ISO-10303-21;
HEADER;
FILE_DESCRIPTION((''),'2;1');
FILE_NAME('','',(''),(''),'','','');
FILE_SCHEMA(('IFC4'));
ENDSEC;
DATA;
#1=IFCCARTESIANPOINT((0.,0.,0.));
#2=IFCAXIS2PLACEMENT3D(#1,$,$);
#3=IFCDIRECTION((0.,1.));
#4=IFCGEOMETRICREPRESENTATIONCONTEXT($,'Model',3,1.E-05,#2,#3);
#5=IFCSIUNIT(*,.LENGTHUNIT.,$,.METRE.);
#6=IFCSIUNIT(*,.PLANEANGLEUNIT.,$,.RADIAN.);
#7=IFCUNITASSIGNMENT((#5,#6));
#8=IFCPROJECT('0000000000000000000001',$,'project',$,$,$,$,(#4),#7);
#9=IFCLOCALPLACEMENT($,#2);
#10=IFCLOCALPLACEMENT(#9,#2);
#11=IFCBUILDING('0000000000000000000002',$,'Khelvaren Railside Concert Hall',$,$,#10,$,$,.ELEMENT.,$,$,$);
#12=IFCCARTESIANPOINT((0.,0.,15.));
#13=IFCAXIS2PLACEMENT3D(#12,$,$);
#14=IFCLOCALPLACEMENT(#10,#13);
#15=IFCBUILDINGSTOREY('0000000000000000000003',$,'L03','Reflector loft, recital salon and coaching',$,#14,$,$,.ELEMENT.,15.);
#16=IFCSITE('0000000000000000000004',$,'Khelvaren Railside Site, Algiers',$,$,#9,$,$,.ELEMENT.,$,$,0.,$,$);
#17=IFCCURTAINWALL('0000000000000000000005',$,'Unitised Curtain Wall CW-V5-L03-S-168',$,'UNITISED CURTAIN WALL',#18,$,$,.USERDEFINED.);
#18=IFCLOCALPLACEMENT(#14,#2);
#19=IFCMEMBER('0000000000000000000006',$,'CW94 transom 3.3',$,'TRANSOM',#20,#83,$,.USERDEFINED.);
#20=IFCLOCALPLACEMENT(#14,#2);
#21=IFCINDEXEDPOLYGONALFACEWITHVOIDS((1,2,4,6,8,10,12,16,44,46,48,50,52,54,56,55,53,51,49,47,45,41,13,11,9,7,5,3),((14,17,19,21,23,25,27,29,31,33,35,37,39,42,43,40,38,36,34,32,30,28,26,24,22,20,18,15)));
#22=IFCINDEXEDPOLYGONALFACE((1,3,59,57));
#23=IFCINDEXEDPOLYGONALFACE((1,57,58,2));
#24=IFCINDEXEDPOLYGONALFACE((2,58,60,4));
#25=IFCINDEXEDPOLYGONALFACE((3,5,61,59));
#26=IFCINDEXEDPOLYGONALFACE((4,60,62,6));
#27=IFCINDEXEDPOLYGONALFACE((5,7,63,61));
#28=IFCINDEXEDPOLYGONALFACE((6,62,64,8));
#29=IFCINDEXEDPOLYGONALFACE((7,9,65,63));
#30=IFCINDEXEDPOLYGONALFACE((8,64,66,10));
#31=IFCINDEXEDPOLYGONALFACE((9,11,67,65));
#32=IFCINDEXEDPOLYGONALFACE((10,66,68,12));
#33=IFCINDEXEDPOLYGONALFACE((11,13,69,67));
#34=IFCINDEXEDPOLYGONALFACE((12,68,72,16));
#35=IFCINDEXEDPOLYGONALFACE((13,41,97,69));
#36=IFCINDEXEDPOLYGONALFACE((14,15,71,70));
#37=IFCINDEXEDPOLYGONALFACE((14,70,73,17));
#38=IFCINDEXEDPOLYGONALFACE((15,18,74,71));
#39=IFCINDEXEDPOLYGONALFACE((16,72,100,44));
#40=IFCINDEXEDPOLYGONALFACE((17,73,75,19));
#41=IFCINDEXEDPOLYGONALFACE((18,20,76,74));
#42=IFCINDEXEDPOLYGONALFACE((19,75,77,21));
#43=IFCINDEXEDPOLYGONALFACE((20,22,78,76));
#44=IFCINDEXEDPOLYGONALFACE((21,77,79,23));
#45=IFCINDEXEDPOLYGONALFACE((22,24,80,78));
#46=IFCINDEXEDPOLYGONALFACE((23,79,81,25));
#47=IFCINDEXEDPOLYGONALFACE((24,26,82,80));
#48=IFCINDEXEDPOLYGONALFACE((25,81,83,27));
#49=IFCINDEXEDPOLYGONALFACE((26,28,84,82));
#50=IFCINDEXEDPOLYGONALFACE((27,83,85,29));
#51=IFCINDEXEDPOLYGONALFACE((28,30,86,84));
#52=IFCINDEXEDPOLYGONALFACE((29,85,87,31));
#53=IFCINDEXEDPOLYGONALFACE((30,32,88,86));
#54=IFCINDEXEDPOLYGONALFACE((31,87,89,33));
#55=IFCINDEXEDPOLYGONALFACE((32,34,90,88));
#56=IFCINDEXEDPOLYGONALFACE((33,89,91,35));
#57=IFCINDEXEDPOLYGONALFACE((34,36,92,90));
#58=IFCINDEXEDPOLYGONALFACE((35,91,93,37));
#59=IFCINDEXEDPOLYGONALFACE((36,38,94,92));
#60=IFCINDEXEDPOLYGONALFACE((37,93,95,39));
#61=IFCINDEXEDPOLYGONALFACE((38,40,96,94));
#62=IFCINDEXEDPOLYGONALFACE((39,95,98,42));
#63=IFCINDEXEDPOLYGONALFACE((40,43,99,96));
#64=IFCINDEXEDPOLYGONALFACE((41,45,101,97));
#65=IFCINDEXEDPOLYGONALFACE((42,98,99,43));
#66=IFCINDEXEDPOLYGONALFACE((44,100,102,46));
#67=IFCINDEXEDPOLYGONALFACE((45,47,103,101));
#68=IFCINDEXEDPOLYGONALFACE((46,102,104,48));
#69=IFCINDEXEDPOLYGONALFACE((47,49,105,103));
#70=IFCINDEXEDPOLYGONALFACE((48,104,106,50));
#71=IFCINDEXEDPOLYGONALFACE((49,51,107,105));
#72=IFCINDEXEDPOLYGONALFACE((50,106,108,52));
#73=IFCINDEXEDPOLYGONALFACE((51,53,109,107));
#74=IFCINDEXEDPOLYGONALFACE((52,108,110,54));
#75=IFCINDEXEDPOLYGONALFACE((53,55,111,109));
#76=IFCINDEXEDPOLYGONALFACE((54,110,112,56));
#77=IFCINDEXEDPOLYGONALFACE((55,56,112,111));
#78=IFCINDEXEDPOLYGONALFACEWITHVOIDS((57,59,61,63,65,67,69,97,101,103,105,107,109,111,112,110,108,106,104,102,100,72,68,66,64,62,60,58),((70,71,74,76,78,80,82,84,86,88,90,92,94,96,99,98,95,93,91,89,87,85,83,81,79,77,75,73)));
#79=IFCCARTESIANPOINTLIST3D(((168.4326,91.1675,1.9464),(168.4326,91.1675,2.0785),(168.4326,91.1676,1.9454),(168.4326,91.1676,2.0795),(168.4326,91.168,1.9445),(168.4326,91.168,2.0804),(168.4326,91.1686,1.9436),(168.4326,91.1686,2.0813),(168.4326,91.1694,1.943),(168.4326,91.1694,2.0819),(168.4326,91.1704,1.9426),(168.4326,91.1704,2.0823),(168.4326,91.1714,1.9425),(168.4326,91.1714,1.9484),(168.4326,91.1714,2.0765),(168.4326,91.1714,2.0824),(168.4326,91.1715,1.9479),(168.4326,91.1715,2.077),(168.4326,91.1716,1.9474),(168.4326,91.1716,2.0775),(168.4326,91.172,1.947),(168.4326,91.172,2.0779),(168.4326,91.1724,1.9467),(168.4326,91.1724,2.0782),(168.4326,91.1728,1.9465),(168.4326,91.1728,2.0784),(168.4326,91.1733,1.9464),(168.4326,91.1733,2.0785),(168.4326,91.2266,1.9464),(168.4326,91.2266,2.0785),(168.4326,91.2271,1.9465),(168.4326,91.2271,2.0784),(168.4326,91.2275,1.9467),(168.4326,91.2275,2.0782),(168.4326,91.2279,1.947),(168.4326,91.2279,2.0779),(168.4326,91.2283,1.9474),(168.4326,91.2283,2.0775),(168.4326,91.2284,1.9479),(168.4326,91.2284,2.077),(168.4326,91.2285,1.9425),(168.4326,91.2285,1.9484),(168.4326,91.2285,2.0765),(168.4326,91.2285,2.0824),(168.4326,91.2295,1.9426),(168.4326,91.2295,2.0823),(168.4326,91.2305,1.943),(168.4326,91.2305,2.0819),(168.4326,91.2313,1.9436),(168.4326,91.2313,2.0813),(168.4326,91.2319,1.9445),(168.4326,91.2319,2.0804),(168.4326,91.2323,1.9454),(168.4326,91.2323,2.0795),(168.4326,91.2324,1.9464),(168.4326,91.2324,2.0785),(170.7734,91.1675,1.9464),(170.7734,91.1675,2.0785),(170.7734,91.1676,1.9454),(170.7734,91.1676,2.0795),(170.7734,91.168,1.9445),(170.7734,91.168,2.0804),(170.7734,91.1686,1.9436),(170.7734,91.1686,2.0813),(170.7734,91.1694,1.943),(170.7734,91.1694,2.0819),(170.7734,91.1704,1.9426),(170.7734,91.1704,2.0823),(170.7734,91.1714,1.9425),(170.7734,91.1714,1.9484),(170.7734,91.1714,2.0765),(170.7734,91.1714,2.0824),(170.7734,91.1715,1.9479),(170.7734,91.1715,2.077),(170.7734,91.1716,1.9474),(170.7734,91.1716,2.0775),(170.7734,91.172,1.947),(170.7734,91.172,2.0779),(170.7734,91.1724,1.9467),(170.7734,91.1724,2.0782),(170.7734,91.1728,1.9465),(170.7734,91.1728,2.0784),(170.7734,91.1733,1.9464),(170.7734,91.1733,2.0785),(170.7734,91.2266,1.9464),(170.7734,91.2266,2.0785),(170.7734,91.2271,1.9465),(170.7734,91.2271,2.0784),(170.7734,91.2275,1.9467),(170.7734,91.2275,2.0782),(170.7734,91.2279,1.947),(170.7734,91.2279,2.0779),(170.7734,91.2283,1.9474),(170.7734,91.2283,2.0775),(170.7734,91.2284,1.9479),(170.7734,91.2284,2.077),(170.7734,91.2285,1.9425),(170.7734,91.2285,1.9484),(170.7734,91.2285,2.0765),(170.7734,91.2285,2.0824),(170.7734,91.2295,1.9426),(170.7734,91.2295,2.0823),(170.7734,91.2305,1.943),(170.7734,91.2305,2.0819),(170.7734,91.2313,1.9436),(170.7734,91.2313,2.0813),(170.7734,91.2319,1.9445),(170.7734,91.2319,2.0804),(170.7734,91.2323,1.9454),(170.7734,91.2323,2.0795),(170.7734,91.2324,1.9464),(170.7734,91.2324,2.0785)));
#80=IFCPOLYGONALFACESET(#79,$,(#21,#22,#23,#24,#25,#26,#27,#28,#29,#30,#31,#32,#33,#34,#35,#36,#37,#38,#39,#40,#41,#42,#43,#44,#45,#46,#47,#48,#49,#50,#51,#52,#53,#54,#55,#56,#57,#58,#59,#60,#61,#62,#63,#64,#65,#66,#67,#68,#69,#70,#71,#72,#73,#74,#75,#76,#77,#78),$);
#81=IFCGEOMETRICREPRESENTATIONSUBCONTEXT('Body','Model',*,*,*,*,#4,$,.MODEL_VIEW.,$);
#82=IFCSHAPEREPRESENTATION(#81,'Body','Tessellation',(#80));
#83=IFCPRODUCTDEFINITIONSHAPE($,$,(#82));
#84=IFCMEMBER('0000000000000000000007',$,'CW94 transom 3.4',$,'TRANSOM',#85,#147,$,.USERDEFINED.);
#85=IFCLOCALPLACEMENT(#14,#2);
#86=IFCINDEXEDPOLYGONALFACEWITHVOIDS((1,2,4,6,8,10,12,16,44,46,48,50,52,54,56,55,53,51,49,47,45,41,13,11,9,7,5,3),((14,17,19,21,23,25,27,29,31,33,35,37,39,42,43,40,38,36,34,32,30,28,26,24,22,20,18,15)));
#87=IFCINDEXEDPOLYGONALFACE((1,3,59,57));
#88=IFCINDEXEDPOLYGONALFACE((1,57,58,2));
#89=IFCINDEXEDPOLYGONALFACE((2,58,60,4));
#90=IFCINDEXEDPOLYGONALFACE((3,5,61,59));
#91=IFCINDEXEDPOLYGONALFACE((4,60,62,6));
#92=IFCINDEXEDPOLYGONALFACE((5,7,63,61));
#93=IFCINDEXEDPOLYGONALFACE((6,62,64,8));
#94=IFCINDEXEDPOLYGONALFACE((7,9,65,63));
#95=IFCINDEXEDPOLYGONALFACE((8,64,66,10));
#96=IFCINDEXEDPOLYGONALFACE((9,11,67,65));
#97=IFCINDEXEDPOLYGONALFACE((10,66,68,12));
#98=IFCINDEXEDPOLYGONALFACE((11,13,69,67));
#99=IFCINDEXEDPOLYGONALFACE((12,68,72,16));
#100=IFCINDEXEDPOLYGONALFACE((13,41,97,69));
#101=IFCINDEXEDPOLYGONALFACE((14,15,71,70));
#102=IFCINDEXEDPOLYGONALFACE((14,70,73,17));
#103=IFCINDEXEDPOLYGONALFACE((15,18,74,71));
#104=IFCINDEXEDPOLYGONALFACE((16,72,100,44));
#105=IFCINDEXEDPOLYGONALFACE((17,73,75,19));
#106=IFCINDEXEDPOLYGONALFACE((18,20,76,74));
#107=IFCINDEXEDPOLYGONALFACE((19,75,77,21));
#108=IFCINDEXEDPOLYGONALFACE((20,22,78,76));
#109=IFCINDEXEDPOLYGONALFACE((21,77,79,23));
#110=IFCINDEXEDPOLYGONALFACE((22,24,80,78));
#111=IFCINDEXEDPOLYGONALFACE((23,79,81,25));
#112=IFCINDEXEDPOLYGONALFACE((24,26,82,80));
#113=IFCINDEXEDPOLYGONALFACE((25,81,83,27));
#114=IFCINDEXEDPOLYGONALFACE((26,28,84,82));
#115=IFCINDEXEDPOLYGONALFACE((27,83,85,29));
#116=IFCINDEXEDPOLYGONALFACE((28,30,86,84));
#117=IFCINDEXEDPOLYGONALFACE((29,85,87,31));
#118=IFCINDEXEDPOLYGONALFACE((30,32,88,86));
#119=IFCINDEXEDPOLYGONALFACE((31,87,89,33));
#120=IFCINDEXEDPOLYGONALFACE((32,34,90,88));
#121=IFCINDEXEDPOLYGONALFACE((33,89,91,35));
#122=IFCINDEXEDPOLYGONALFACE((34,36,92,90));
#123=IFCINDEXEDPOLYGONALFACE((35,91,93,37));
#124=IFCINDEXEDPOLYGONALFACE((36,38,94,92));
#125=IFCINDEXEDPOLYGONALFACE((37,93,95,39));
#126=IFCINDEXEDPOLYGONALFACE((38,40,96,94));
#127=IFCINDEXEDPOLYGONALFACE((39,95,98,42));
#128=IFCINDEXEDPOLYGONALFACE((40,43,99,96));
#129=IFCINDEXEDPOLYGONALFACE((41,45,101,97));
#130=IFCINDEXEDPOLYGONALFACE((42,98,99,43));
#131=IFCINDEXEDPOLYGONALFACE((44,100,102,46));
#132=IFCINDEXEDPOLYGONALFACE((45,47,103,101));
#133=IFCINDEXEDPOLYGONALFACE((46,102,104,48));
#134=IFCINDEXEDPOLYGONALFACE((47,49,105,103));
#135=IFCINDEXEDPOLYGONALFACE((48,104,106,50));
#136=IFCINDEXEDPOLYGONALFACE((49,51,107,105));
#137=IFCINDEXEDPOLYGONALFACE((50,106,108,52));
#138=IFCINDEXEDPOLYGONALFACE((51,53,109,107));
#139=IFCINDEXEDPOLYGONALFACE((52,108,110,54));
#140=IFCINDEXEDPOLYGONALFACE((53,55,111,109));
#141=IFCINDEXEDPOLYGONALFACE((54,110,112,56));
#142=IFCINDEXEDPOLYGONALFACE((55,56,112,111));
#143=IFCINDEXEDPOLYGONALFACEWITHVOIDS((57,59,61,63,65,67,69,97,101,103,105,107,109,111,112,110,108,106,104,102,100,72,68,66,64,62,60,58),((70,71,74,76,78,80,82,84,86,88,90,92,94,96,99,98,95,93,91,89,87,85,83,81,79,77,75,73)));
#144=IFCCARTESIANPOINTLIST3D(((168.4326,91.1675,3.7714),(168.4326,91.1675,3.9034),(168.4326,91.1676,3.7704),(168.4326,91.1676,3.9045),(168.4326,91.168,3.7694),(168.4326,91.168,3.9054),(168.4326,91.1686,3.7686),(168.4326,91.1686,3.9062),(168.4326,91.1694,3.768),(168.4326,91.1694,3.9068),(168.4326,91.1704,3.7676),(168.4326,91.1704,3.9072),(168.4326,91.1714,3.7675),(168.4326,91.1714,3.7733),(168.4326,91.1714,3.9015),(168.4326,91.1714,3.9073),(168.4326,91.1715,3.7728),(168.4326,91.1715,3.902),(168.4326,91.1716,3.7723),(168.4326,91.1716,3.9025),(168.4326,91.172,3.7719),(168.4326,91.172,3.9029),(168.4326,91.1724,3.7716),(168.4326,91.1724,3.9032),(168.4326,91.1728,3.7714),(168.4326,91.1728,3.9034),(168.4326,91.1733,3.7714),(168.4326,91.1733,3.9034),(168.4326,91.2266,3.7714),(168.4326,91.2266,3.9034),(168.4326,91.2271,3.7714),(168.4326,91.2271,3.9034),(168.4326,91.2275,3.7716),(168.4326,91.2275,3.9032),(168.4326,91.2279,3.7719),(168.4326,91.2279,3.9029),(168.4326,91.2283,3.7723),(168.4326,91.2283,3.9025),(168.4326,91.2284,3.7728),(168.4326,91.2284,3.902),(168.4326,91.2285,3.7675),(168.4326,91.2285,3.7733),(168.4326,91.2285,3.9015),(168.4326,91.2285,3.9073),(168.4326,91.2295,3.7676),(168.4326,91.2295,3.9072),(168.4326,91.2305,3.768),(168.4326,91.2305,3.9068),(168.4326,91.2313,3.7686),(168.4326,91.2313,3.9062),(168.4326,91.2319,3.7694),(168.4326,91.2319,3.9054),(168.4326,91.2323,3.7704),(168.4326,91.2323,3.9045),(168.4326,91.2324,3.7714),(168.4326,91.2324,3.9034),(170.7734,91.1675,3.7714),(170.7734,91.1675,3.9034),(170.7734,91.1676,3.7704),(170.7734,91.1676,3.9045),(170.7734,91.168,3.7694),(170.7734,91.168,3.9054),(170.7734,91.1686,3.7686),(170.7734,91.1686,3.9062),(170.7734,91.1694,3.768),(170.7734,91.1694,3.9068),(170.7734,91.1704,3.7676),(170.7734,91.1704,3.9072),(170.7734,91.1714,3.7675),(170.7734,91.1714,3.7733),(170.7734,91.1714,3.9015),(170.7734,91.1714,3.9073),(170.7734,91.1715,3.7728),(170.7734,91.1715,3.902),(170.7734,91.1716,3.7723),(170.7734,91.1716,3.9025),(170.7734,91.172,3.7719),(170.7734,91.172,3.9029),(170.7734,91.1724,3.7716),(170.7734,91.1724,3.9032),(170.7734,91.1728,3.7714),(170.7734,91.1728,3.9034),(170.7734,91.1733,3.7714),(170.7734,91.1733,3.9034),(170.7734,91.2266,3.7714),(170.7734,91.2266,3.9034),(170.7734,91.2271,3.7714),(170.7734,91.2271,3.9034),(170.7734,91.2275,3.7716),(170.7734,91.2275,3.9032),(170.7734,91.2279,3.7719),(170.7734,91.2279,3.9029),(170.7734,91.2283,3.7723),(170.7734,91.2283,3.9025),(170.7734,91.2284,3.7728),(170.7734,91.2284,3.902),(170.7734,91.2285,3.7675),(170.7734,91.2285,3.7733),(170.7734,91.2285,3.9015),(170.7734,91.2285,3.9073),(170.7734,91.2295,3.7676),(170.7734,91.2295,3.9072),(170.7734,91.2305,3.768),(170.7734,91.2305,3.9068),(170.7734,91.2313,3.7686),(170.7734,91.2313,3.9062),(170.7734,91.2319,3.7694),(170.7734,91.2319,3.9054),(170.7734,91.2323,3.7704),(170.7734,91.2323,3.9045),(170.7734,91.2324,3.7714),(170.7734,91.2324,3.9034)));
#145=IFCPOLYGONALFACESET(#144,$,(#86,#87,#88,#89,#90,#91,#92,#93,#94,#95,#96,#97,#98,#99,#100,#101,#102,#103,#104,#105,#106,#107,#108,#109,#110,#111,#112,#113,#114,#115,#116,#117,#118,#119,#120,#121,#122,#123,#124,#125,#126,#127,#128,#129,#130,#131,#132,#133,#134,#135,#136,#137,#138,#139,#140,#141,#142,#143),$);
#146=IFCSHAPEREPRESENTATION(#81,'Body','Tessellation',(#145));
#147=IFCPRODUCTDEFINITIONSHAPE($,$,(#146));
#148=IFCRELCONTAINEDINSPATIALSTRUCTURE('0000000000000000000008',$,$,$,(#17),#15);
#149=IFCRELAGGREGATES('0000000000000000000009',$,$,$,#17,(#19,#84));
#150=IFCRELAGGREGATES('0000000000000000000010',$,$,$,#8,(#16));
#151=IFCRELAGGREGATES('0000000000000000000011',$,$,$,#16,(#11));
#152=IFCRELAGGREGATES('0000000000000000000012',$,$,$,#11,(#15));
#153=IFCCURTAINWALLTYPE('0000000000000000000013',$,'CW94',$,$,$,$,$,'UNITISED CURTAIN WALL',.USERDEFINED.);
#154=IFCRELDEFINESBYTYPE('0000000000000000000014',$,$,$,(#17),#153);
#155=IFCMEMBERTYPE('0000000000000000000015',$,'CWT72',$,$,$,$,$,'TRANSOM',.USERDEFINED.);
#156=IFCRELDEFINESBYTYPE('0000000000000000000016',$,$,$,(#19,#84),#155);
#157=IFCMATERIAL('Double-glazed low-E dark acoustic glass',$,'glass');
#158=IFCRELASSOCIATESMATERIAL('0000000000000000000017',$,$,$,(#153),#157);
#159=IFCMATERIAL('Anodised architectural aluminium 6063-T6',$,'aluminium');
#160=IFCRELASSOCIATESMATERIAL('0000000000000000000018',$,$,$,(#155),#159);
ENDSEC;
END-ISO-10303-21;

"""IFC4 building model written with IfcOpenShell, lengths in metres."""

from ifc_helpers import new_model, si_unit, direction, frame, origin, origin_2d, place, context, subcontext, project, spatial, hollow_rectangle, extrude, material, material_profile, profile_set, type_object, element, aggregate, save


model = new_model("IFC4")

# Units and contexts
model_context = context("Model", 3, precision=1e-05, world=origin(), true_north=direction((0.0, 1.0)))
body_context = subcontext(model_context, "Body", "Model", "MODEL_VIEW")
ifc_project = project(units=[si_unit("LENGTHUNIT", "METRE"), si_unit("PLANEANGLEUNIT", "RADIAN")], contexts=[model_context])

# Site, building, storey
site_placement = place(None, origin())
site = spatial("IfcSite", under=ifc_project, at=site_placement, Name="Khelvaren Railside Site, Algiers", CompositionType="ELEMENT", RefElevation=0.0)
building_placement = place(site_placement, origin())
building = spatial("IfcBuilding", under=site, at=building_placement, Name="Khelvaren Railside Concert Hall", CompositionType="ELEMENT")
storey_placement = place(building_placement, frame((0.0, 0.0, 15.0)))
storey = spatial("IfcBuildingStorey", under=building, at=storey_placement, Name="L03", Description="Reflector loft, recital salon and coaching", CompositionType="ELEMENT", Elevation=15.0)

# Curtain wall
ifc_material_1 = material(Name="Double-glazed low-E dark acoustic glass", Category="glass")
curtain_wall_type_1 = type_object("IfcCurtainWallType", Name="CW94", ElementType="UNITISED CURTAIN WALL", PredefinedType="USERDEFINED", material=ifc_material_1)
curtain_wall_1_placement = place(storey_placement, origin())
curtain_wall_1 = element("IfcCurtainWall", 1, at=curtain_wall_1_placement, inside=storey, type_object=curtain_wall_type_1, Name="Unitised Curtain Wall CW-V5-L03-S-168", ObjectType="UNITISED CURTAIN WALL", PredefinedType="USERDEFINED")
ifc_material_2 = material(Name="Anodised architectural aluminium 6063-T6", Category="aluminium")

# Members
ifc_material_profile_1 = material_profile(ifc_material_2, hollow_rectangle(XDim=0.0649, YDim=0.1399, WallThickness=0.0039, InnerFilletRadius=0.002, OuterFilletRadius=0.0039, at=origin_2d()), Name="CWT 65x140x4")
ifc_profile_set_1 = profile_set([ifc_material_profile_1], Name="Anodised architectural aluminium 6063-T6")
member_type_1 = type_object("IfcMemberType", Name="CWT72", ElementType="TRANSOM", PredefinedType="USERDEFINED", material=ifc_profile_set_1)
member_1_placement = place(storey_placement, frame((170.7734, 91.2, 2.0125), z_axis=(-1.0, 0.0, 0.0), x_axis=(0.0, -1.0, 0.0)))
member_1 = element("IfcMember", 2, at=member_1_placement, type_object=member_type_1, Name="CW94 transom 3.3", ObjectType="TRANSOM", PredefinedType="USERDEFINED", context=body_context, shape_type="SweptSolid", body=[
    extrude(hollow_rectangle(XDim=0.0649, YDim=0.1399, WallThickness=0.0039, InnerFilletRadius=0.002, OuterFilletRadius=0.0039, at=origin_2d()), origin(), (0.0, 0.0, 1.0), 2.3408),
])
member_2_placement = place(storey_placement, frame((170.7734, 91.2, 3.8374), z_axis=(-1.0, 0.0, 0.0), x_axis=(0.0, -1.0, 0.0)))
member_2 = element("IfcMember", 3, at=member_2_placement, type_object=member_type_1, Name="CW94 transom 3.4", ObjectType="TRANSOM", PredefinedType="USERDEFINED", context=body_context, shape_type="SweptSolid", body=[
    extrude(hollow_rectangle(XDim=0.0649, YDim=0.1399, WallThickness=0.0039, InnerFilletRadius=0.002, OuterFilletRadius=0.0039, at=origin_2d()), origin(), (0.0, 0.0, 1.0), 2.3408),
])

aggregate(curtain_wall_1, [member_1, member_2])

save(model, "model.ifc")
